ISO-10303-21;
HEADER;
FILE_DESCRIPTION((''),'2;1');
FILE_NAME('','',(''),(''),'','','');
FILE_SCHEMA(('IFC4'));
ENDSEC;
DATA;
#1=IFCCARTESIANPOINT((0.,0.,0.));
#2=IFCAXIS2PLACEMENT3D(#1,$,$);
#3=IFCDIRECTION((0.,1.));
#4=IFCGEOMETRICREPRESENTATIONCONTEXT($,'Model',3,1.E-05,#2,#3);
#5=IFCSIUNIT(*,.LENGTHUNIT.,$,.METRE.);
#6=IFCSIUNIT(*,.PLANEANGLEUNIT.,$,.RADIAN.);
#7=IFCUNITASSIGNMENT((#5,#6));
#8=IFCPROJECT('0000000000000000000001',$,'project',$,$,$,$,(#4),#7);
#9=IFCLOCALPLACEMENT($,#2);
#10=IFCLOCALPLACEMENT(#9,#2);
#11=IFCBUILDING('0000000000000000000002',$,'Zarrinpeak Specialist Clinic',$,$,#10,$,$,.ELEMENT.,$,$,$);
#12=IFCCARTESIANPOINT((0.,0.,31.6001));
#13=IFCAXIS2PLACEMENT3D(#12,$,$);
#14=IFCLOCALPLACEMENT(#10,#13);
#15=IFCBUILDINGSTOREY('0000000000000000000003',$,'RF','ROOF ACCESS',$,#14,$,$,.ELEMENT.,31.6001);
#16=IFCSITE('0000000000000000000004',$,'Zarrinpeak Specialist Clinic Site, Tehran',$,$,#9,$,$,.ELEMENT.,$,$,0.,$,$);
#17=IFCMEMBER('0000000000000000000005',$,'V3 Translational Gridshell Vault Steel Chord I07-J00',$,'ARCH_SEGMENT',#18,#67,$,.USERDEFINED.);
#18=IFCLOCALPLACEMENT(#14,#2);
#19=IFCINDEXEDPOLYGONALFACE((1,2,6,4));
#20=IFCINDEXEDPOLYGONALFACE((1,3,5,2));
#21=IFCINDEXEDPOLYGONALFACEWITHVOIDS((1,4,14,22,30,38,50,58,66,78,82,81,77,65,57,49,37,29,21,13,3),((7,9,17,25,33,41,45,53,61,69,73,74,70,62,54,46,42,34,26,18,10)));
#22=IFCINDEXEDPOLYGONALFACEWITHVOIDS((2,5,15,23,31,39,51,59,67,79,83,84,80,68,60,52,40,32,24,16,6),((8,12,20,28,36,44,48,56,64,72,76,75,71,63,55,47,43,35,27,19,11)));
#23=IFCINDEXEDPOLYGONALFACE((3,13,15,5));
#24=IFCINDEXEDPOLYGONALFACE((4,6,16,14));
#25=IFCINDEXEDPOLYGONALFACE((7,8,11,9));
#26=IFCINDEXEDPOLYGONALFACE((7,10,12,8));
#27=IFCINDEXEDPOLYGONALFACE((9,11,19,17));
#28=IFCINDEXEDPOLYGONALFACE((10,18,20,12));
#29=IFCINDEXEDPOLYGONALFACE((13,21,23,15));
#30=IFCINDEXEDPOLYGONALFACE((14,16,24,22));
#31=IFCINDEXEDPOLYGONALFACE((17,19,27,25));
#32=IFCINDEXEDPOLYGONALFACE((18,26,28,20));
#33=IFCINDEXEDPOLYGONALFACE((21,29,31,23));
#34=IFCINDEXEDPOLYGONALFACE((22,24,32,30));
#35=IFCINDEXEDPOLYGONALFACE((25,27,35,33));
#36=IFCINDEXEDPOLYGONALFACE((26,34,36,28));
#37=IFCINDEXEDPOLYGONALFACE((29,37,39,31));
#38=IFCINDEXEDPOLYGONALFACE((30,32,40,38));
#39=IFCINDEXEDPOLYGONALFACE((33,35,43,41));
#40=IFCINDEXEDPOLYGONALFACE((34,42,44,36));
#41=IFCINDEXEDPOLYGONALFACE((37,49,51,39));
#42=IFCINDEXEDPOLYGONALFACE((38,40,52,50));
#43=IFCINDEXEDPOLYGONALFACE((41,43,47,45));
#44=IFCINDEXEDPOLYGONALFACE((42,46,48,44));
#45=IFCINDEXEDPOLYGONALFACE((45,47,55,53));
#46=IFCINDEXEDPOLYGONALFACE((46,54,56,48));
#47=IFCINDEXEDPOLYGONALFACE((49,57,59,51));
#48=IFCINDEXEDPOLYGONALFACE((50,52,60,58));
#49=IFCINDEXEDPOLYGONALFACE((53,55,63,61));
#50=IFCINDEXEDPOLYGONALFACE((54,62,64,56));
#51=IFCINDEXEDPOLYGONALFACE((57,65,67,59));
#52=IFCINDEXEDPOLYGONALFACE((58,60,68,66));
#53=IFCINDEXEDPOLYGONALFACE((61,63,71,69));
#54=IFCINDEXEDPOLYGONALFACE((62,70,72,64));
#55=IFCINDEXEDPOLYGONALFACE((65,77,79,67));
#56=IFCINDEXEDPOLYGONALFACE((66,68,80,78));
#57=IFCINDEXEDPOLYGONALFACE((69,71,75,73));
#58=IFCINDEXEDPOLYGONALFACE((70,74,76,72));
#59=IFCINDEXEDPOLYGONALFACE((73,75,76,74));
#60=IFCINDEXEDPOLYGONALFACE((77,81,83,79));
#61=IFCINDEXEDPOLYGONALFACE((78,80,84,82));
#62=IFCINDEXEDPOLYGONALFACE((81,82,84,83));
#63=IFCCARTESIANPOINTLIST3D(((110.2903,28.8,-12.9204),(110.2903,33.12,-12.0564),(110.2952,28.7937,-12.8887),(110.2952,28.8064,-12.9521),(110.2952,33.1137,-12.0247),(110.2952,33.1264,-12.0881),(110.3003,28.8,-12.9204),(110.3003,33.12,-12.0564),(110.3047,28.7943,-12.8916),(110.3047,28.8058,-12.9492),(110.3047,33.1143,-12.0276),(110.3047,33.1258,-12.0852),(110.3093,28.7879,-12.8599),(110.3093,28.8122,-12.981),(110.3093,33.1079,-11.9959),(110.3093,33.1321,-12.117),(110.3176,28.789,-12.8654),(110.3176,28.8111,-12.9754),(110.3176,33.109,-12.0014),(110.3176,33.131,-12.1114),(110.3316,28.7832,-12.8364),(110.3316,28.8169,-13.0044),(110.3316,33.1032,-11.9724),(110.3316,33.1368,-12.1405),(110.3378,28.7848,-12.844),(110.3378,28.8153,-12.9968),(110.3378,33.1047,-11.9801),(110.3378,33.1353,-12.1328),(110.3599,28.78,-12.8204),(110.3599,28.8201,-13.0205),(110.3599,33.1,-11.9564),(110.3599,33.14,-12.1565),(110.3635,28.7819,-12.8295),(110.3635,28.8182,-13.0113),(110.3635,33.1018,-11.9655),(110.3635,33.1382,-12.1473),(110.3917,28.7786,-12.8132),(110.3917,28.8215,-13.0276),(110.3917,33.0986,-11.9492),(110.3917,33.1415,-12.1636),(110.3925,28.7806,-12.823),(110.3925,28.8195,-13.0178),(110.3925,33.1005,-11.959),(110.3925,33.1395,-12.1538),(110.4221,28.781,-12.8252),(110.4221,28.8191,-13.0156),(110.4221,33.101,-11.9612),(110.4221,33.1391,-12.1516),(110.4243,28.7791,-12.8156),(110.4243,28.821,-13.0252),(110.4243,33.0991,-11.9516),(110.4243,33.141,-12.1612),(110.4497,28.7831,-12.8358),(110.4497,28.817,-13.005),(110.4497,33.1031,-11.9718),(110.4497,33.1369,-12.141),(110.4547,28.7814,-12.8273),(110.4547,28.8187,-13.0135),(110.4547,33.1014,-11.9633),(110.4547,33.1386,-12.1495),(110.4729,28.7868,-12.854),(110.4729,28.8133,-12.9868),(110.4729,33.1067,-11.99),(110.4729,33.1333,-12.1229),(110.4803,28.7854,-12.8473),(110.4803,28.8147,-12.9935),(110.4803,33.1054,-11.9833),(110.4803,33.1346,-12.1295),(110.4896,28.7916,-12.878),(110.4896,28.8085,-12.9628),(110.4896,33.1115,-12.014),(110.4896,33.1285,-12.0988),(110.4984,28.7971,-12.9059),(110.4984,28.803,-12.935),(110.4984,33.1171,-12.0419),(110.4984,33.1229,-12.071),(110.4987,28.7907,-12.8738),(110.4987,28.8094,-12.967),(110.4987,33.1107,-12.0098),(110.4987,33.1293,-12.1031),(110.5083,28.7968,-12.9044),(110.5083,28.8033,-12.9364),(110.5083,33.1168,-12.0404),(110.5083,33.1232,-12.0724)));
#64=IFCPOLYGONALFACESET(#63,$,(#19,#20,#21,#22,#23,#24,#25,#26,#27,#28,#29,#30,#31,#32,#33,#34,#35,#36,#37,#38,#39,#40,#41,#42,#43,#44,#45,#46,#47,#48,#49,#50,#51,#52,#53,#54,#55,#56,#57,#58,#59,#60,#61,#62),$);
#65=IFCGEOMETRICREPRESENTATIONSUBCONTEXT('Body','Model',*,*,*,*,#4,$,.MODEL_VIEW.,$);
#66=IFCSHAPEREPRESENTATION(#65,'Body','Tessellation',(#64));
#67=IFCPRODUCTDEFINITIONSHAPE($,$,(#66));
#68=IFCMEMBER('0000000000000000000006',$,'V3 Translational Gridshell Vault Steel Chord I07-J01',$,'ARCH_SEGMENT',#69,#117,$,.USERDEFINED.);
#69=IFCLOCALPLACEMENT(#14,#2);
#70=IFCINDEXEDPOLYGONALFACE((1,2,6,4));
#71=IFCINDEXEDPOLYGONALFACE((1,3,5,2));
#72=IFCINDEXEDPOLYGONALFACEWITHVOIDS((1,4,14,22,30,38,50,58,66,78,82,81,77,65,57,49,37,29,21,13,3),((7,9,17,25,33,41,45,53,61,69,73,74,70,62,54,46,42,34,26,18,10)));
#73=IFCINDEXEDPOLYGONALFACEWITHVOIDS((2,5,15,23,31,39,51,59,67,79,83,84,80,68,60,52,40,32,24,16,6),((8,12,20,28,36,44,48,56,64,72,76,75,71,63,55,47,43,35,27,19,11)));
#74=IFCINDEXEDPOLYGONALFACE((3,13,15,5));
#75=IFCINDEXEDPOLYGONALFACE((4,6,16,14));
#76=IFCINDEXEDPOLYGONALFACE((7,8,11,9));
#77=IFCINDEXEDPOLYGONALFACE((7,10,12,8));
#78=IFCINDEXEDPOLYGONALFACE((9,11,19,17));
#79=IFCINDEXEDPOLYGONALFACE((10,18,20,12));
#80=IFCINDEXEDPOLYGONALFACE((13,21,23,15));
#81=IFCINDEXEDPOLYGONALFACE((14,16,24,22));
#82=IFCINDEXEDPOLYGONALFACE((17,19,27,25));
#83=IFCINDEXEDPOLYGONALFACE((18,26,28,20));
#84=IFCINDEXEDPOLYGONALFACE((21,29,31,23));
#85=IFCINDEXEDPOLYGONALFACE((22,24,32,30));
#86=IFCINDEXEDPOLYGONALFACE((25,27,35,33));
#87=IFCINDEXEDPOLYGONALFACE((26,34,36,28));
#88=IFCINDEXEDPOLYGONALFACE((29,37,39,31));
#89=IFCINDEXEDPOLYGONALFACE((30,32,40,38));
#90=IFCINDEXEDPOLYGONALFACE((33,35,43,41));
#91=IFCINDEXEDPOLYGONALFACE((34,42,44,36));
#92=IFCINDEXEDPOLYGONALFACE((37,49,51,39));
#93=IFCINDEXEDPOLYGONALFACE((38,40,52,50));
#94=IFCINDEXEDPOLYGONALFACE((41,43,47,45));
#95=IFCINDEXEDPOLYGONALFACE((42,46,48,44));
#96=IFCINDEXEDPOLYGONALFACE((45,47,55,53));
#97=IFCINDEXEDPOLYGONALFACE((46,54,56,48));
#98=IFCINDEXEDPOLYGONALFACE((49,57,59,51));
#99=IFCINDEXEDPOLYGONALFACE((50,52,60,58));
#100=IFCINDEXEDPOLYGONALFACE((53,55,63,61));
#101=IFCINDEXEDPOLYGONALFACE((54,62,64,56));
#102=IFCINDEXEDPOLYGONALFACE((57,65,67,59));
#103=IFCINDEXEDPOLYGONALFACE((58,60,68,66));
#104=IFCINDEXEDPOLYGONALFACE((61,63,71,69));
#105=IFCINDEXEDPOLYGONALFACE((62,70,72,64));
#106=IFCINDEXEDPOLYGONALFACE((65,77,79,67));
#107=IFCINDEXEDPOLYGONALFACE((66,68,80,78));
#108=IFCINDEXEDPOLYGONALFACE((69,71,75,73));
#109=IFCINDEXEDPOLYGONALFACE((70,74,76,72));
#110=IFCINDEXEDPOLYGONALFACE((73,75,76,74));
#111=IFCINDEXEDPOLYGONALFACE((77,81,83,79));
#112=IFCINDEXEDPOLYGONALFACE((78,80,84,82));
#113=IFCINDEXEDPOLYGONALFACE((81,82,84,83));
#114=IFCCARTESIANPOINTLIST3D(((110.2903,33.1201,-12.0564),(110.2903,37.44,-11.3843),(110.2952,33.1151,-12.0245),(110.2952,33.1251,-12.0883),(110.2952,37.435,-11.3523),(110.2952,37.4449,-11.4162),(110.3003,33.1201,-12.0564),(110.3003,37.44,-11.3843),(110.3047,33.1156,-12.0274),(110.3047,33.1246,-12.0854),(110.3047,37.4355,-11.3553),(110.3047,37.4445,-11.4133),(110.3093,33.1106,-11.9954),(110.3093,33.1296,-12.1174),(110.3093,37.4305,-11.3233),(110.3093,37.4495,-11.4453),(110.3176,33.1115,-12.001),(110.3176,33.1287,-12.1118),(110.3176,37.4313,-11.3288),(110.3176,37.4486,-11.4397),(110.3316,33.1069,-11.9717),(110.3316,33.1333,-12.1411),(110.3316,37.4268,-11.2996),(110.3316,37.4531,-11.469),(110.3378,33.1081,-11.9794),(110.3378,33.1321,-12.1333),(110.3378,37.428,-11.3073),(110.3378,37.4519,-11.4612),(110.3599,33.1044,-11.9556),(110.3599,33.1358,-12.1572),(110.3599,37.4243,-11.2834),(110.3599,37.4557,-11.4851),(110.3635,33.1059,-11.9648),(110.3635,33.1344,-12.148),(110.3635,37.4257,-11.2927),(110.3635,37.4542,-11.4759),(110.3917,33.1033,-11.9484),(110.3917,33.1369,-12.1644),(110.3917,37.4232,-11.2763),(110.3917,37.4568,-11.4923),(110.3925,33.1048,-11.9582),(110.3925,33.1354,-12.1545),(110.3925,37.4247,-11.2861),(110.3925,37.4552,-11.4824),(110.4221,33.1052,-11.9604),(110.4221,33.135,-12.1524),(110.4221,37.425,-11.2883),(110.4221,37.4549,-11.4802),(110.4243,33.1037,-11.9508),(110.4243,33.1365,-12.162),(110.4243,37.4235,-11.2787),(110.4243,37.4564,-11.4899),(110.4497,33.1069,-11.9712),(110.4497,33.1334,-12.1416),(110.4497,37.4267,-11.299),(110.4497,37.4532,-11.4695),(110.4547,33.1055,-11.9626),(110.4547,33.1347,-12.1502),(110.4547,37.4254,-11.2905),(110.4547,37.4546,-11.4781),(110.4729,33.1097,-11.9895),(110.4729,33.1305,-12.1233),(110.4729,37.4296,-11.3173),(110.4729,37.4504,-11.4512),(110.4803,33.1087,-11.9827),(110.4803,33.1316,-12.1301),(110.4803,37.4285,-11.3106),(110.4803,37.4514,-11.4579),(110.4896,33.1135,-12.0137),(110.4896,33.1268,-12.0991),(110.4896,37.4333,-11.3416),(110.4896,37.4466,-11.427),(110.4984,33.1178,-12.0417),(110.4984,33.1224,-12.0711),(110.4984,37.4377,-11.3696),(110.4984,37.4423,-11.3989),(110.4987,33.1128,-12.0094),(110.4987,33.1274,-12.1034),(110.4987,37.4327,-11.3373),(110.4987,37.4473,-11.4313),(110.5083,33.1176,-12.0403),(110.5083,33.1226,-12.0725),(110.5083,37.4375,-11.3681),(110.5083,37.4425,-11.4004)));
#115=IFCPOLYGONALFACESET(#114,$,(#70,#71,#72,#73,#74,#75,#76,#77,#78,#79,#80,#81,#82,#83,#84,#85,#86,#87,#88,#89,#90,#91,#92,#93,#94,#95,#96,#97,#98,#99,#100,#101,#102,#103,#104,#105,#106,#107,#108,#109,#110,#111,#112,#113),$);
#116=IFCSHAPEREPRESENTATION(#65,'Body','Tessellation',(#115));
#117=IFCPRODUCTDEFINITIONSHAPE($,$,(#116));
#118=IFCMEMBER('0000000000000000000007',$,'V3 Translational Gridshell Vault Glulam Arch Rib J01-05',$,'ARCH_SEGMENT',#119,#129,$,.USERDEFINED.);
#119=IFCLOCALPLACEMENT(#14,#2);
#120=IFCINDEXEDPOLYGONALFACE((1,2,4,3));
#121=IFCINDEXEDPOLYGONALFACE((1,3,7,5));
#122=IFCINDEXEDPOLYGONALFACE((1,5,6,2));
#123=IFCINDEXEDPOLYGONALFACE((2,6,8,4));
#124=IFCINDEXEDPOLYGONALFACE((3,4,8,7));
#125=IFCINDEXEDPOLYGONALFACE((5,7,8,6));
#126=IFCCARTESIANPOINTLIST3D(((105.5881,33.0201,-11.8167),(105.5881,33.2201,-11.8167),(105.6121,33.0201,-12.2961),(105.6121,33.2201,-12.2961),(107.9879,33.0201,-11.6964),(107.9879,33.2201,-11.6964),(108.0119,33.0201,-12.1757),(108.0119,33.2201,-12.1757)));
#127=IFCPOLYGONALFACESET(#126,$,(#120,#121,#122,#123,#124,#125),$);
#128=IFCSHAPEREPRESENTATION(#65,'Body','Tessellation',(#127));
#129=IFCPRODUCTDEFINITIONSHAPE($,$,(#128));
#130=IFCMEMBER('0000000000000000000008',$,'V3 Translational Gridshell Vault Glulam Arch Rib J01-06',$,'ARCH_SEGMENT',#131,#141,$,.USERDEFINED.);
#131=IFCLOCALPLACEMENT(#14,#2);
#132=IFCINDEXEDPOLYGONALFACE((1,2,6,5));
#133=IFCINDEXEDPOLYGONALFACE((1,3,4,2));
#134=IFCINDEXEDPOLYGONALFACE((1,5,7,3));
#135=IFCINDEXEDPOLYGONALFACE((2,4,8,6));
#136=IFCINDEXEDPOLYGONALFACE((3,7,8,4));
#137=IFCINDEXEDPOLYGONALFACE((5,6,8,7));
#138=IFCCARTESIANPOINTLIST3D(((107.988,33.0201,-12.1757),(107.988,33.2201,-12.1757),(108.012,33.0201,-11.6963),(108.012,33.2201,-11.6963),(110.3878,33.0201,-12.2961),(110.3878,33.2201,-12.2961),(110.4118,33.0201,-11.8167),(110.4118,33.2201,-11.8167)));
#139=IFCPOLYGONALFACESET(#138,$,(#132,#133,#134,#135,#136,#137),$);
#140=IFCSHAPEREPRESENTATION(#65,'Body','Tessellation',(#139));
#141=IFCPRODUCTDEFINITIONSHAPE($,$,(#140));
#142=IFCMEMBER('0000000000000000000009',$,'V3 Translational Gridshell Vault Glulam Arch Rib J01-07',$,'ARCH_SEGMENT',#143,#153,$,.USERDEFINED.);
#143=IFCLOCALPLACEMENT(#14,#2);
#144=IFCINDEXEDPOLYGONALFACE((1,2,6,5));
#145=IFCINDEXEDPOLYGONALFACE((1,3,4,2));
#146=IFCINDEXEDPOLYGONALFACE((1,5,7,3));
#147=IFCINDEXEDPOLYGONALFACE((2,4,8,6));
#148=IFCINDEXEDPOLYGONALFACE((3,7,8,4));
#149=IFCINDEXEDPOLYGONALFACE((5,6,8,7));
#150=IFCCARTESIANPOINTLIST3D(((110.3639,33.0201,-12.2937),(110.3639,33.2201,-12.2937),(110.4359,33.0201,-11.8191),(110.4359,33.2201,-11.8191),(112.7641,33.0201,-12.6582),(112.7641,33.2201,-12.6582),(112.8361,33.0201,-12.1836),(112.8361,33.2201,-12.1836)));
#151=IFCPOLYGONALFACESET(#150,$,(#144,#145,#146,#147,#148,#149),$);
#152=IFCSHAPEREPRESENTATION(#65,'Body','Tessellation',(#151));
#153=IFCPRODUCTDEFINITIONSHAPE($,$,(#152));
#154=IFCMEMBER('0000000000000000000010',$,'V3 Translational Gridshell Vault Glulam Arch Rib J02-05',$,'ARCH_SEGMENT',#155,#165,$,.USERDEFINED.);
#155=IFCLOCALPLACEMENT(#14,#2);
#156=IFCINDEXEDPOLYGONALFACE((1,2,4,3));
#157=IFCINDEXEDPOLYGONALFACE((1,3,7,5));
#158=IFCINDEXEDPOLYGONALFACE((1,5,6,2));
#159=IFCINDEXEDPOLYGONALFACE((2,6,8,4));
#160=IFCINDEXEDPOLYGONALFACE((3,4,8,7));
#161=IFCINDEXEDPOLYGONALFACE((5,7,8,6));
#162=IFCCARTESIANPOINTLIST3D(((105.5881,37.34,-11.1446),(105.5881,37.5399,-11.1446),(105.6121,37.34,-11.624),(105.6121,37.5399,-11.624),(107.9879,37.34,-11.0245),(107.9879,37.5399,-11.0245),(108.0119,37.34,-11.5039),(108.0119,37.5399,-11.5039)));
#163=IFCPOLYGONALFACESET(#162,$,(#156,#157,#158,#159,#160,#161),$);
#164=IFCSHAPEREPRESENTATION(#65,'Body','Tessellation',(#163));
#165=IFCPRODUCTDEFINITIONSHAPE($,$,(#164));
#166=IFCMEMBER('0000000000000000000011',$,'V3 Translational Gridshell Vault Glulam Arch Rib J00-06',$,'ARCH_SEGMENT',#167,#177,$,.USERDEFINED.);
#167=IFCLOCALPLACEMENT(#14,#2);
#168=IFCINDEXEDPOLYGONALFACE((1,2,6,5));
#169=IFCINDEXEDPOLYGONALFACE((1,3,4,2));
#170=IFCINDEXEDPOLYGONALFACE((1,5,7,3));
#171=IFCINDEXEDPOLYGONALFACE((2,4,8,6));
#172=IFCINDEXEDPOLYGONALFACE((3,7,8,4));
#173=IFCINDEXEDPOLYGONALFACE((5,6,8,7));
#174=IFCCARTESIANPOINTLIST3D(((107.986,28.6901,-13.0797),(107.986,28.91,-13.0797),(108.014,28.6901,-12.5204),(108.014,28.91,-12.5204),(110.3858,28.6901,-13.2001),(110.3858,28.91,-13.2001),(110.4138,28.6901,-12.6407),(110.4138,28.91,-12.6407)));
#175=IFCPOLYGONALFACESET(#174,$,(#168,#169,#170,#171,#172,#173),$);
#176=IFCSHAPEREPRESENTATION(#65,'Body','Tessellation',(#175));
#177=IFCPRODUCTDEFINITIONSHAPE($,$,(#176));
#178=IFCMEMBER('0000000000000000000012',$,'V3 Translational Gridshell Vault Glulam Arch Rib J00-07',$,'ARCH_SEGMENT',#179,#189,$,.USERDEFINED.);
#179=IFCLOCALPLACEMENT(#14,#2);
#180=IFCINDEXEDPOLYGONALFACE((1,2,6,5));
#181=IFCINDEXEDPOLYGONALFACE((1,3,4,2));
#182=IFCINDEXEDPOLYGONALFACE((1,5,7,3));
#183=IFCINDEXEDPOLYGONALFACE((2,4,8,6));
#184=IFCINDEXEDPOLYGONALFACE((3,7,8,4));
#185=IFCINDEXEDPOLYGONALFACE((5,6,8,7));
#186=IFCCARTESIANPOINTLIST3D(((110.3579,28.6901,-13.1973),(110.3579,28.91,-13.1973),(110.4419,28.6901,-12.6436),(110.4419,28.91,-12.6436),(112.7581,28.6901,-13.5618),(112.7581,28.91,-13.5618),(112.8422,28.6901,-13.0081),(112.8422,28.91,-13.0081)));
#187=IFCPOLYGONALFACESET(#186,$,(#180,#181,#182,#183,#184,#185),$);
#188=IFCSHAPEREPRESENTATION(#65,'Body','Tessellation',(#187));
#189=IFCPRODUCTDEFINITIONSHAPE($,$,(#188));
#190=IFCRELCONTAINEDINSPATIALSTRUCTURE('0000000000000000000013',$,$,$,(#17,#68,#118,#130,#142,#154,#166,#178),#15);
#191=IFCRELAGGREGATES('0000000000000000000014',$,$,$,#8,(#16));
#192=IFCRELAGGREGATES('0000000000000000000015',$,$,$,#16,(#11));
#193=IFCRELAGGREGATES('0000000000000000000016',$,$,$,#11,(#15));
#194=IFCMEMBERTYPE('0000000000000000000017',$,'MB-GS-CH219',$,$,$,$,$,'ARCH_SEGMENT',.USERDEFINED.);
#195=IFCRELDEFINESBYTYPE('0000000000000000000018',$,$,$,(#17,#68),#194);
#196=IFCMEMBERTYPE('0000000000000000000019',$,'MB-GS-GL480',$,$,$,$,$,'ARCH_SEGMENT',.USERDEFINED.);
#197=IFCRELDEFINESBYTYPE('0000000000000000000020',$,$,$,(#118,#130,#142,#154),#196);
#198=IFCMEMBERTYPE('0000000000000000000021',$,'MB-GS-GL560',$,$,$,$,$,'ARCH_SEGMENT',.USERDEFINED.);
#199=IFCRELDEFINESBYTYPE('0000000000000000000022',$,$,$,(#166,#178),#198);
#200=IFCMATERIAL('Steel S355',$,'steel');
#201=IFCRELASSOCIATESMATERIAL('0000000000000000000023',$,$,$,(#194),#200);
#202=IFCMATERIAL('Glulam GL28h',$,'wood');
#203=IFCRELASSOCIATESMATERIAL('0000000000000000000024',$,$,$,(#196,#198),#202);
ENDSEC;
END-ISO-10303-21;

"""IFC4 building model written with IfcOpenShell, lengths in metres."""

from ifc_helpers import new_model, si_unit, direction, frame, origin, origin_2d, place, context, subcontext, project, spatial, rectangle, hollow_circle, extrude, material, material_profile, profile_set, type_object, element, save


model = new_model("IFC4")

# Units and contexts
model_context = context("Model", 3, precision=1e-05, world=origin(), true_north=direction((0.0, 1.0)))
body_context = subcontext(model_context, "Body", "Model", "MODEL_VIEW")
ifc_project = project(units=[si_unit("LENGTHUNIT", "METRE"), si_unit("PLANEANGLEUNIT", "RADIAN")], contexts=[model_context])

# Site, building, storey
site_placement = place(None, origin())
site = spatial("IfcSite", under=ifc_project, at=site_placement, Name="Zarrinpeak Specialist Clinic Site, Tehran", CompositionType="ELEMENT", RefElevation=0.0)
building_placement = place(site_placement, origin())
building = spatial("IfcBuilding", under=site, at=building_placement, Name="Zarrinpeak Specialist Clinic", CompositionType="ELEMENT")
storey_placement = place(building_placement, frame((0.0, 0.0, 31.6001)))
storey = spatial("IfcBuildingStorey", under=building, at=storey_placement, Name="RF", Description="ROOF ACCESS", CompositionType="ELEMENT", Elevation=31.6001)

# Members
ifc_material_1 = material(Name="Steel S355", Category="steel")
ifc_material_profile_1 = material_profile(ifc_material_1, hollow_circle(Radius=0.1096, WallThickness=0.01, at=origin_2d()), Name="CHS 219.1x10.0")
ifc_profile_set_1 = profile_set([ifc_material_profile_1], Name="Steel S355")
member_type_1 = type_object("IfcMemberType", Name="MB-GS-CH219", ElementType="ARCH_SEGMENT", PredefinedType="USERDEFINED", material=ifc_profile_set_1)
member_1_placement = place(storey_placement, frame((110.3999, 28.8, -12.9204), z_axis=(0.0, 0.980581, 0.196116), x_axis=(-1.0, 0.0, 0.0)))
element("IfcMember", 1, at=member_1_placement, inside=storey, type_object=member_type_1, Name="V3 Translational Gridshell Vault Steel Chord I07-J00", ObjectType="ARCH_SEGMENT", PredefinedType="USERDEFINED", context=body_context, shape_type="SweptSolid", body=[
    extrude(hollow_circle(Radius=0.1096, WallThickness=0.01, at=origin_2d()), origin(), (0.0, 0.0, 1.0), 4.4055),
])
member_2_placement = place(storey_placement, frame((110.3999, 33.1201, -12.0564), z_axis=(0.0, 0.988111, 0.15374), x_axis=(-1.0, 0.0, 0.0)))
element("IfcMember", 2, at=member_2_placement, inside=storey, type_object=member_type_1, Name="V3 Translational Gridshell Vault Steel Chord I07-J01", ObjectType="ARCH_SEGMENT", PredefinedType="USERDEFINED", context=body_context, shape_type="SweptSolid", body=[
    extrude(hollow_circle(Radius=0.1096, WallThickness=0.01, at=origin_2d()), origin(), (0.0, 0.0, 1.0), 4.3718),
])
ifc_material_2 = material(Name="Glulam GL28h", Category="wood")
ifc_material_profile_2 = material_profile(ifc_material_2, rectangle(XDim=0.2, YDim=0.48, at=origin_2d()), Name="GL28h 200x480")
ifc_profile_set_2 = profile_set([ifc_material_profile_2], Name="Glulam GL28h")
member_type_2 = type_object("IfcMemberType", Name="MB-GS-GL480", ElementType="ARCH_SEGMENT", PredefinedType="USERDEFINED", material=ifc_profile_set_2)
for number, where, z_axis, x_axis, name in (
    (3, (105.6001, 33.1201, -12.0564), (0.998745, 0.0, 0.05009), (0.0, 1.0, 0.0), "V3 Translational Gridshell Vault Glulam Arch Rib J01-05"),
    (4, (108.0, 33.1201, -11.936), (0.998745, 0.0, -0.05009), (0.0, 1.0, 0.0), "V3 Translational Gridshell Vault Glulam Arch Rib J01-06"),
):
    element("IfcMember", number, at=place(storey_placement, frame(where, z_axis=z_axis, x_axis=x_axis)), inside=storey, type_object=member_type_2, Name=name, ObjectType="ARCH_SEGMENT", PredefinedType="USERDEFINED", context=body_context, shape_type="SweptSolid", body=[
        extrude(rectangle(XDim=0.2, YDim=0.48, at=origin_2d()), origin(), (0.0, 0.0, 1.0), 2.4028),
    ])
member_3_placement = place(storey_placement, frame((110.3999, 33.1201, -12.0564), z_axis=(0.988664, 0.0, -0.150145), x_axis=(0.0, 1.0, 0.0)))
element("IfcMember", 5, at=member_3_placement, inside=storey, type_object=member_type_2, Name="V3 Translational Gridshell Vault Glulam Arch Rib J01-07", ObjectType="ARCH_SEGMENT", PredefinedType="USERDEFINED", context=body_context, shape_type="SweptSolid", body=[
    extrude(rectangle(XDim=0.2, YDim=0.48, at=origin_2d()), origin(), (0.0, 0.0, 1.0), 2.4277),
])
member_4_placement = place(storey_placement, frame((105.6001, 37.4399, -11.3843), z_axis=(0.99875, 0.0, 0.049988), x_axis=(0.0, 1.0, 0.0)))
element("IfcMember", 6, at=member_4_placement, inside=storey, type_object=member_type_2, Name="V3 Translational Gridshell Vault Glulam Arch Rib J02-05", ObjectType="ARCH_SEGMENT", PredefinedType="USERDEFINED", context=body_context, shape_type="SweptSolid", body=[
    extrude(rectangle(XDim=0.2, YDim=0.48, at=origin_2d()), origin(), (0.0, 0.0, 1.0), 2.4028),
])
ifc_material_profile_3 = material_profile(ifc_material_2, rectangle(XDim=0.22, YDim=0.5601, at=origin_2d()), Name="GL28h 220x560")
ifc_profile_set_3 = profile_set([ifc_material_profile_3], Name="Glulam GL28h")
member_type_3 = type_object("IfcMemberType", Name="MB-GS-GL560", ElementType="ARCH_SEGMENT", PredefinedType="USERDEFINED", material=ifc_profile_set_3)
member_5_placement = place(storey_placement, frame((108.0, 28.8, -12.8), z_axis=(0.998745, 0.0, -0.05009), x_axis=(0.0, 1.0, 0.0)))
element("IfcMember", 7, at=member_5_placement, inside=storey, type_object=member_type_3, Name="V3 Translational Gridshell Vault Glulam Arch Rib J00-06", ObjectType="ARCH_SEGMENT", PredefinedType="USERDEFINED", context=body_context, shape_type="SweptSolid", body=[
    extrude(rectangle(XDim=0.22, YDim=0.5601, at=origin_2d()), origin(), (0.0, 0.0, 1.0), 2.4028),
])
member_6_placement = place(storey_placement, frame((110.3999, 28.8, -12.9204), z_axis=(0.988664, 0.0, -0.150145), x_axis=(0.0, 1.0, 0.0)))
element("IfcMember", 8, at=member_6_placement, inside=storey, type_object=member_type_3, Name="V3 Translational Gridshell Vault Glulam Arch Rib J00-07", ObjectType="ARCH_SEGMENT", PredefinedType="USERDEFINED", context=body_context, shape_type="SweptSolid", body=[
    extrude(rectangle(XDim=0.22, YDim=0.5601, at=origin_2d()), origin(), (0.0, 0.0, 1.0), 2.4277),
])

save(model, "model.ifc")
